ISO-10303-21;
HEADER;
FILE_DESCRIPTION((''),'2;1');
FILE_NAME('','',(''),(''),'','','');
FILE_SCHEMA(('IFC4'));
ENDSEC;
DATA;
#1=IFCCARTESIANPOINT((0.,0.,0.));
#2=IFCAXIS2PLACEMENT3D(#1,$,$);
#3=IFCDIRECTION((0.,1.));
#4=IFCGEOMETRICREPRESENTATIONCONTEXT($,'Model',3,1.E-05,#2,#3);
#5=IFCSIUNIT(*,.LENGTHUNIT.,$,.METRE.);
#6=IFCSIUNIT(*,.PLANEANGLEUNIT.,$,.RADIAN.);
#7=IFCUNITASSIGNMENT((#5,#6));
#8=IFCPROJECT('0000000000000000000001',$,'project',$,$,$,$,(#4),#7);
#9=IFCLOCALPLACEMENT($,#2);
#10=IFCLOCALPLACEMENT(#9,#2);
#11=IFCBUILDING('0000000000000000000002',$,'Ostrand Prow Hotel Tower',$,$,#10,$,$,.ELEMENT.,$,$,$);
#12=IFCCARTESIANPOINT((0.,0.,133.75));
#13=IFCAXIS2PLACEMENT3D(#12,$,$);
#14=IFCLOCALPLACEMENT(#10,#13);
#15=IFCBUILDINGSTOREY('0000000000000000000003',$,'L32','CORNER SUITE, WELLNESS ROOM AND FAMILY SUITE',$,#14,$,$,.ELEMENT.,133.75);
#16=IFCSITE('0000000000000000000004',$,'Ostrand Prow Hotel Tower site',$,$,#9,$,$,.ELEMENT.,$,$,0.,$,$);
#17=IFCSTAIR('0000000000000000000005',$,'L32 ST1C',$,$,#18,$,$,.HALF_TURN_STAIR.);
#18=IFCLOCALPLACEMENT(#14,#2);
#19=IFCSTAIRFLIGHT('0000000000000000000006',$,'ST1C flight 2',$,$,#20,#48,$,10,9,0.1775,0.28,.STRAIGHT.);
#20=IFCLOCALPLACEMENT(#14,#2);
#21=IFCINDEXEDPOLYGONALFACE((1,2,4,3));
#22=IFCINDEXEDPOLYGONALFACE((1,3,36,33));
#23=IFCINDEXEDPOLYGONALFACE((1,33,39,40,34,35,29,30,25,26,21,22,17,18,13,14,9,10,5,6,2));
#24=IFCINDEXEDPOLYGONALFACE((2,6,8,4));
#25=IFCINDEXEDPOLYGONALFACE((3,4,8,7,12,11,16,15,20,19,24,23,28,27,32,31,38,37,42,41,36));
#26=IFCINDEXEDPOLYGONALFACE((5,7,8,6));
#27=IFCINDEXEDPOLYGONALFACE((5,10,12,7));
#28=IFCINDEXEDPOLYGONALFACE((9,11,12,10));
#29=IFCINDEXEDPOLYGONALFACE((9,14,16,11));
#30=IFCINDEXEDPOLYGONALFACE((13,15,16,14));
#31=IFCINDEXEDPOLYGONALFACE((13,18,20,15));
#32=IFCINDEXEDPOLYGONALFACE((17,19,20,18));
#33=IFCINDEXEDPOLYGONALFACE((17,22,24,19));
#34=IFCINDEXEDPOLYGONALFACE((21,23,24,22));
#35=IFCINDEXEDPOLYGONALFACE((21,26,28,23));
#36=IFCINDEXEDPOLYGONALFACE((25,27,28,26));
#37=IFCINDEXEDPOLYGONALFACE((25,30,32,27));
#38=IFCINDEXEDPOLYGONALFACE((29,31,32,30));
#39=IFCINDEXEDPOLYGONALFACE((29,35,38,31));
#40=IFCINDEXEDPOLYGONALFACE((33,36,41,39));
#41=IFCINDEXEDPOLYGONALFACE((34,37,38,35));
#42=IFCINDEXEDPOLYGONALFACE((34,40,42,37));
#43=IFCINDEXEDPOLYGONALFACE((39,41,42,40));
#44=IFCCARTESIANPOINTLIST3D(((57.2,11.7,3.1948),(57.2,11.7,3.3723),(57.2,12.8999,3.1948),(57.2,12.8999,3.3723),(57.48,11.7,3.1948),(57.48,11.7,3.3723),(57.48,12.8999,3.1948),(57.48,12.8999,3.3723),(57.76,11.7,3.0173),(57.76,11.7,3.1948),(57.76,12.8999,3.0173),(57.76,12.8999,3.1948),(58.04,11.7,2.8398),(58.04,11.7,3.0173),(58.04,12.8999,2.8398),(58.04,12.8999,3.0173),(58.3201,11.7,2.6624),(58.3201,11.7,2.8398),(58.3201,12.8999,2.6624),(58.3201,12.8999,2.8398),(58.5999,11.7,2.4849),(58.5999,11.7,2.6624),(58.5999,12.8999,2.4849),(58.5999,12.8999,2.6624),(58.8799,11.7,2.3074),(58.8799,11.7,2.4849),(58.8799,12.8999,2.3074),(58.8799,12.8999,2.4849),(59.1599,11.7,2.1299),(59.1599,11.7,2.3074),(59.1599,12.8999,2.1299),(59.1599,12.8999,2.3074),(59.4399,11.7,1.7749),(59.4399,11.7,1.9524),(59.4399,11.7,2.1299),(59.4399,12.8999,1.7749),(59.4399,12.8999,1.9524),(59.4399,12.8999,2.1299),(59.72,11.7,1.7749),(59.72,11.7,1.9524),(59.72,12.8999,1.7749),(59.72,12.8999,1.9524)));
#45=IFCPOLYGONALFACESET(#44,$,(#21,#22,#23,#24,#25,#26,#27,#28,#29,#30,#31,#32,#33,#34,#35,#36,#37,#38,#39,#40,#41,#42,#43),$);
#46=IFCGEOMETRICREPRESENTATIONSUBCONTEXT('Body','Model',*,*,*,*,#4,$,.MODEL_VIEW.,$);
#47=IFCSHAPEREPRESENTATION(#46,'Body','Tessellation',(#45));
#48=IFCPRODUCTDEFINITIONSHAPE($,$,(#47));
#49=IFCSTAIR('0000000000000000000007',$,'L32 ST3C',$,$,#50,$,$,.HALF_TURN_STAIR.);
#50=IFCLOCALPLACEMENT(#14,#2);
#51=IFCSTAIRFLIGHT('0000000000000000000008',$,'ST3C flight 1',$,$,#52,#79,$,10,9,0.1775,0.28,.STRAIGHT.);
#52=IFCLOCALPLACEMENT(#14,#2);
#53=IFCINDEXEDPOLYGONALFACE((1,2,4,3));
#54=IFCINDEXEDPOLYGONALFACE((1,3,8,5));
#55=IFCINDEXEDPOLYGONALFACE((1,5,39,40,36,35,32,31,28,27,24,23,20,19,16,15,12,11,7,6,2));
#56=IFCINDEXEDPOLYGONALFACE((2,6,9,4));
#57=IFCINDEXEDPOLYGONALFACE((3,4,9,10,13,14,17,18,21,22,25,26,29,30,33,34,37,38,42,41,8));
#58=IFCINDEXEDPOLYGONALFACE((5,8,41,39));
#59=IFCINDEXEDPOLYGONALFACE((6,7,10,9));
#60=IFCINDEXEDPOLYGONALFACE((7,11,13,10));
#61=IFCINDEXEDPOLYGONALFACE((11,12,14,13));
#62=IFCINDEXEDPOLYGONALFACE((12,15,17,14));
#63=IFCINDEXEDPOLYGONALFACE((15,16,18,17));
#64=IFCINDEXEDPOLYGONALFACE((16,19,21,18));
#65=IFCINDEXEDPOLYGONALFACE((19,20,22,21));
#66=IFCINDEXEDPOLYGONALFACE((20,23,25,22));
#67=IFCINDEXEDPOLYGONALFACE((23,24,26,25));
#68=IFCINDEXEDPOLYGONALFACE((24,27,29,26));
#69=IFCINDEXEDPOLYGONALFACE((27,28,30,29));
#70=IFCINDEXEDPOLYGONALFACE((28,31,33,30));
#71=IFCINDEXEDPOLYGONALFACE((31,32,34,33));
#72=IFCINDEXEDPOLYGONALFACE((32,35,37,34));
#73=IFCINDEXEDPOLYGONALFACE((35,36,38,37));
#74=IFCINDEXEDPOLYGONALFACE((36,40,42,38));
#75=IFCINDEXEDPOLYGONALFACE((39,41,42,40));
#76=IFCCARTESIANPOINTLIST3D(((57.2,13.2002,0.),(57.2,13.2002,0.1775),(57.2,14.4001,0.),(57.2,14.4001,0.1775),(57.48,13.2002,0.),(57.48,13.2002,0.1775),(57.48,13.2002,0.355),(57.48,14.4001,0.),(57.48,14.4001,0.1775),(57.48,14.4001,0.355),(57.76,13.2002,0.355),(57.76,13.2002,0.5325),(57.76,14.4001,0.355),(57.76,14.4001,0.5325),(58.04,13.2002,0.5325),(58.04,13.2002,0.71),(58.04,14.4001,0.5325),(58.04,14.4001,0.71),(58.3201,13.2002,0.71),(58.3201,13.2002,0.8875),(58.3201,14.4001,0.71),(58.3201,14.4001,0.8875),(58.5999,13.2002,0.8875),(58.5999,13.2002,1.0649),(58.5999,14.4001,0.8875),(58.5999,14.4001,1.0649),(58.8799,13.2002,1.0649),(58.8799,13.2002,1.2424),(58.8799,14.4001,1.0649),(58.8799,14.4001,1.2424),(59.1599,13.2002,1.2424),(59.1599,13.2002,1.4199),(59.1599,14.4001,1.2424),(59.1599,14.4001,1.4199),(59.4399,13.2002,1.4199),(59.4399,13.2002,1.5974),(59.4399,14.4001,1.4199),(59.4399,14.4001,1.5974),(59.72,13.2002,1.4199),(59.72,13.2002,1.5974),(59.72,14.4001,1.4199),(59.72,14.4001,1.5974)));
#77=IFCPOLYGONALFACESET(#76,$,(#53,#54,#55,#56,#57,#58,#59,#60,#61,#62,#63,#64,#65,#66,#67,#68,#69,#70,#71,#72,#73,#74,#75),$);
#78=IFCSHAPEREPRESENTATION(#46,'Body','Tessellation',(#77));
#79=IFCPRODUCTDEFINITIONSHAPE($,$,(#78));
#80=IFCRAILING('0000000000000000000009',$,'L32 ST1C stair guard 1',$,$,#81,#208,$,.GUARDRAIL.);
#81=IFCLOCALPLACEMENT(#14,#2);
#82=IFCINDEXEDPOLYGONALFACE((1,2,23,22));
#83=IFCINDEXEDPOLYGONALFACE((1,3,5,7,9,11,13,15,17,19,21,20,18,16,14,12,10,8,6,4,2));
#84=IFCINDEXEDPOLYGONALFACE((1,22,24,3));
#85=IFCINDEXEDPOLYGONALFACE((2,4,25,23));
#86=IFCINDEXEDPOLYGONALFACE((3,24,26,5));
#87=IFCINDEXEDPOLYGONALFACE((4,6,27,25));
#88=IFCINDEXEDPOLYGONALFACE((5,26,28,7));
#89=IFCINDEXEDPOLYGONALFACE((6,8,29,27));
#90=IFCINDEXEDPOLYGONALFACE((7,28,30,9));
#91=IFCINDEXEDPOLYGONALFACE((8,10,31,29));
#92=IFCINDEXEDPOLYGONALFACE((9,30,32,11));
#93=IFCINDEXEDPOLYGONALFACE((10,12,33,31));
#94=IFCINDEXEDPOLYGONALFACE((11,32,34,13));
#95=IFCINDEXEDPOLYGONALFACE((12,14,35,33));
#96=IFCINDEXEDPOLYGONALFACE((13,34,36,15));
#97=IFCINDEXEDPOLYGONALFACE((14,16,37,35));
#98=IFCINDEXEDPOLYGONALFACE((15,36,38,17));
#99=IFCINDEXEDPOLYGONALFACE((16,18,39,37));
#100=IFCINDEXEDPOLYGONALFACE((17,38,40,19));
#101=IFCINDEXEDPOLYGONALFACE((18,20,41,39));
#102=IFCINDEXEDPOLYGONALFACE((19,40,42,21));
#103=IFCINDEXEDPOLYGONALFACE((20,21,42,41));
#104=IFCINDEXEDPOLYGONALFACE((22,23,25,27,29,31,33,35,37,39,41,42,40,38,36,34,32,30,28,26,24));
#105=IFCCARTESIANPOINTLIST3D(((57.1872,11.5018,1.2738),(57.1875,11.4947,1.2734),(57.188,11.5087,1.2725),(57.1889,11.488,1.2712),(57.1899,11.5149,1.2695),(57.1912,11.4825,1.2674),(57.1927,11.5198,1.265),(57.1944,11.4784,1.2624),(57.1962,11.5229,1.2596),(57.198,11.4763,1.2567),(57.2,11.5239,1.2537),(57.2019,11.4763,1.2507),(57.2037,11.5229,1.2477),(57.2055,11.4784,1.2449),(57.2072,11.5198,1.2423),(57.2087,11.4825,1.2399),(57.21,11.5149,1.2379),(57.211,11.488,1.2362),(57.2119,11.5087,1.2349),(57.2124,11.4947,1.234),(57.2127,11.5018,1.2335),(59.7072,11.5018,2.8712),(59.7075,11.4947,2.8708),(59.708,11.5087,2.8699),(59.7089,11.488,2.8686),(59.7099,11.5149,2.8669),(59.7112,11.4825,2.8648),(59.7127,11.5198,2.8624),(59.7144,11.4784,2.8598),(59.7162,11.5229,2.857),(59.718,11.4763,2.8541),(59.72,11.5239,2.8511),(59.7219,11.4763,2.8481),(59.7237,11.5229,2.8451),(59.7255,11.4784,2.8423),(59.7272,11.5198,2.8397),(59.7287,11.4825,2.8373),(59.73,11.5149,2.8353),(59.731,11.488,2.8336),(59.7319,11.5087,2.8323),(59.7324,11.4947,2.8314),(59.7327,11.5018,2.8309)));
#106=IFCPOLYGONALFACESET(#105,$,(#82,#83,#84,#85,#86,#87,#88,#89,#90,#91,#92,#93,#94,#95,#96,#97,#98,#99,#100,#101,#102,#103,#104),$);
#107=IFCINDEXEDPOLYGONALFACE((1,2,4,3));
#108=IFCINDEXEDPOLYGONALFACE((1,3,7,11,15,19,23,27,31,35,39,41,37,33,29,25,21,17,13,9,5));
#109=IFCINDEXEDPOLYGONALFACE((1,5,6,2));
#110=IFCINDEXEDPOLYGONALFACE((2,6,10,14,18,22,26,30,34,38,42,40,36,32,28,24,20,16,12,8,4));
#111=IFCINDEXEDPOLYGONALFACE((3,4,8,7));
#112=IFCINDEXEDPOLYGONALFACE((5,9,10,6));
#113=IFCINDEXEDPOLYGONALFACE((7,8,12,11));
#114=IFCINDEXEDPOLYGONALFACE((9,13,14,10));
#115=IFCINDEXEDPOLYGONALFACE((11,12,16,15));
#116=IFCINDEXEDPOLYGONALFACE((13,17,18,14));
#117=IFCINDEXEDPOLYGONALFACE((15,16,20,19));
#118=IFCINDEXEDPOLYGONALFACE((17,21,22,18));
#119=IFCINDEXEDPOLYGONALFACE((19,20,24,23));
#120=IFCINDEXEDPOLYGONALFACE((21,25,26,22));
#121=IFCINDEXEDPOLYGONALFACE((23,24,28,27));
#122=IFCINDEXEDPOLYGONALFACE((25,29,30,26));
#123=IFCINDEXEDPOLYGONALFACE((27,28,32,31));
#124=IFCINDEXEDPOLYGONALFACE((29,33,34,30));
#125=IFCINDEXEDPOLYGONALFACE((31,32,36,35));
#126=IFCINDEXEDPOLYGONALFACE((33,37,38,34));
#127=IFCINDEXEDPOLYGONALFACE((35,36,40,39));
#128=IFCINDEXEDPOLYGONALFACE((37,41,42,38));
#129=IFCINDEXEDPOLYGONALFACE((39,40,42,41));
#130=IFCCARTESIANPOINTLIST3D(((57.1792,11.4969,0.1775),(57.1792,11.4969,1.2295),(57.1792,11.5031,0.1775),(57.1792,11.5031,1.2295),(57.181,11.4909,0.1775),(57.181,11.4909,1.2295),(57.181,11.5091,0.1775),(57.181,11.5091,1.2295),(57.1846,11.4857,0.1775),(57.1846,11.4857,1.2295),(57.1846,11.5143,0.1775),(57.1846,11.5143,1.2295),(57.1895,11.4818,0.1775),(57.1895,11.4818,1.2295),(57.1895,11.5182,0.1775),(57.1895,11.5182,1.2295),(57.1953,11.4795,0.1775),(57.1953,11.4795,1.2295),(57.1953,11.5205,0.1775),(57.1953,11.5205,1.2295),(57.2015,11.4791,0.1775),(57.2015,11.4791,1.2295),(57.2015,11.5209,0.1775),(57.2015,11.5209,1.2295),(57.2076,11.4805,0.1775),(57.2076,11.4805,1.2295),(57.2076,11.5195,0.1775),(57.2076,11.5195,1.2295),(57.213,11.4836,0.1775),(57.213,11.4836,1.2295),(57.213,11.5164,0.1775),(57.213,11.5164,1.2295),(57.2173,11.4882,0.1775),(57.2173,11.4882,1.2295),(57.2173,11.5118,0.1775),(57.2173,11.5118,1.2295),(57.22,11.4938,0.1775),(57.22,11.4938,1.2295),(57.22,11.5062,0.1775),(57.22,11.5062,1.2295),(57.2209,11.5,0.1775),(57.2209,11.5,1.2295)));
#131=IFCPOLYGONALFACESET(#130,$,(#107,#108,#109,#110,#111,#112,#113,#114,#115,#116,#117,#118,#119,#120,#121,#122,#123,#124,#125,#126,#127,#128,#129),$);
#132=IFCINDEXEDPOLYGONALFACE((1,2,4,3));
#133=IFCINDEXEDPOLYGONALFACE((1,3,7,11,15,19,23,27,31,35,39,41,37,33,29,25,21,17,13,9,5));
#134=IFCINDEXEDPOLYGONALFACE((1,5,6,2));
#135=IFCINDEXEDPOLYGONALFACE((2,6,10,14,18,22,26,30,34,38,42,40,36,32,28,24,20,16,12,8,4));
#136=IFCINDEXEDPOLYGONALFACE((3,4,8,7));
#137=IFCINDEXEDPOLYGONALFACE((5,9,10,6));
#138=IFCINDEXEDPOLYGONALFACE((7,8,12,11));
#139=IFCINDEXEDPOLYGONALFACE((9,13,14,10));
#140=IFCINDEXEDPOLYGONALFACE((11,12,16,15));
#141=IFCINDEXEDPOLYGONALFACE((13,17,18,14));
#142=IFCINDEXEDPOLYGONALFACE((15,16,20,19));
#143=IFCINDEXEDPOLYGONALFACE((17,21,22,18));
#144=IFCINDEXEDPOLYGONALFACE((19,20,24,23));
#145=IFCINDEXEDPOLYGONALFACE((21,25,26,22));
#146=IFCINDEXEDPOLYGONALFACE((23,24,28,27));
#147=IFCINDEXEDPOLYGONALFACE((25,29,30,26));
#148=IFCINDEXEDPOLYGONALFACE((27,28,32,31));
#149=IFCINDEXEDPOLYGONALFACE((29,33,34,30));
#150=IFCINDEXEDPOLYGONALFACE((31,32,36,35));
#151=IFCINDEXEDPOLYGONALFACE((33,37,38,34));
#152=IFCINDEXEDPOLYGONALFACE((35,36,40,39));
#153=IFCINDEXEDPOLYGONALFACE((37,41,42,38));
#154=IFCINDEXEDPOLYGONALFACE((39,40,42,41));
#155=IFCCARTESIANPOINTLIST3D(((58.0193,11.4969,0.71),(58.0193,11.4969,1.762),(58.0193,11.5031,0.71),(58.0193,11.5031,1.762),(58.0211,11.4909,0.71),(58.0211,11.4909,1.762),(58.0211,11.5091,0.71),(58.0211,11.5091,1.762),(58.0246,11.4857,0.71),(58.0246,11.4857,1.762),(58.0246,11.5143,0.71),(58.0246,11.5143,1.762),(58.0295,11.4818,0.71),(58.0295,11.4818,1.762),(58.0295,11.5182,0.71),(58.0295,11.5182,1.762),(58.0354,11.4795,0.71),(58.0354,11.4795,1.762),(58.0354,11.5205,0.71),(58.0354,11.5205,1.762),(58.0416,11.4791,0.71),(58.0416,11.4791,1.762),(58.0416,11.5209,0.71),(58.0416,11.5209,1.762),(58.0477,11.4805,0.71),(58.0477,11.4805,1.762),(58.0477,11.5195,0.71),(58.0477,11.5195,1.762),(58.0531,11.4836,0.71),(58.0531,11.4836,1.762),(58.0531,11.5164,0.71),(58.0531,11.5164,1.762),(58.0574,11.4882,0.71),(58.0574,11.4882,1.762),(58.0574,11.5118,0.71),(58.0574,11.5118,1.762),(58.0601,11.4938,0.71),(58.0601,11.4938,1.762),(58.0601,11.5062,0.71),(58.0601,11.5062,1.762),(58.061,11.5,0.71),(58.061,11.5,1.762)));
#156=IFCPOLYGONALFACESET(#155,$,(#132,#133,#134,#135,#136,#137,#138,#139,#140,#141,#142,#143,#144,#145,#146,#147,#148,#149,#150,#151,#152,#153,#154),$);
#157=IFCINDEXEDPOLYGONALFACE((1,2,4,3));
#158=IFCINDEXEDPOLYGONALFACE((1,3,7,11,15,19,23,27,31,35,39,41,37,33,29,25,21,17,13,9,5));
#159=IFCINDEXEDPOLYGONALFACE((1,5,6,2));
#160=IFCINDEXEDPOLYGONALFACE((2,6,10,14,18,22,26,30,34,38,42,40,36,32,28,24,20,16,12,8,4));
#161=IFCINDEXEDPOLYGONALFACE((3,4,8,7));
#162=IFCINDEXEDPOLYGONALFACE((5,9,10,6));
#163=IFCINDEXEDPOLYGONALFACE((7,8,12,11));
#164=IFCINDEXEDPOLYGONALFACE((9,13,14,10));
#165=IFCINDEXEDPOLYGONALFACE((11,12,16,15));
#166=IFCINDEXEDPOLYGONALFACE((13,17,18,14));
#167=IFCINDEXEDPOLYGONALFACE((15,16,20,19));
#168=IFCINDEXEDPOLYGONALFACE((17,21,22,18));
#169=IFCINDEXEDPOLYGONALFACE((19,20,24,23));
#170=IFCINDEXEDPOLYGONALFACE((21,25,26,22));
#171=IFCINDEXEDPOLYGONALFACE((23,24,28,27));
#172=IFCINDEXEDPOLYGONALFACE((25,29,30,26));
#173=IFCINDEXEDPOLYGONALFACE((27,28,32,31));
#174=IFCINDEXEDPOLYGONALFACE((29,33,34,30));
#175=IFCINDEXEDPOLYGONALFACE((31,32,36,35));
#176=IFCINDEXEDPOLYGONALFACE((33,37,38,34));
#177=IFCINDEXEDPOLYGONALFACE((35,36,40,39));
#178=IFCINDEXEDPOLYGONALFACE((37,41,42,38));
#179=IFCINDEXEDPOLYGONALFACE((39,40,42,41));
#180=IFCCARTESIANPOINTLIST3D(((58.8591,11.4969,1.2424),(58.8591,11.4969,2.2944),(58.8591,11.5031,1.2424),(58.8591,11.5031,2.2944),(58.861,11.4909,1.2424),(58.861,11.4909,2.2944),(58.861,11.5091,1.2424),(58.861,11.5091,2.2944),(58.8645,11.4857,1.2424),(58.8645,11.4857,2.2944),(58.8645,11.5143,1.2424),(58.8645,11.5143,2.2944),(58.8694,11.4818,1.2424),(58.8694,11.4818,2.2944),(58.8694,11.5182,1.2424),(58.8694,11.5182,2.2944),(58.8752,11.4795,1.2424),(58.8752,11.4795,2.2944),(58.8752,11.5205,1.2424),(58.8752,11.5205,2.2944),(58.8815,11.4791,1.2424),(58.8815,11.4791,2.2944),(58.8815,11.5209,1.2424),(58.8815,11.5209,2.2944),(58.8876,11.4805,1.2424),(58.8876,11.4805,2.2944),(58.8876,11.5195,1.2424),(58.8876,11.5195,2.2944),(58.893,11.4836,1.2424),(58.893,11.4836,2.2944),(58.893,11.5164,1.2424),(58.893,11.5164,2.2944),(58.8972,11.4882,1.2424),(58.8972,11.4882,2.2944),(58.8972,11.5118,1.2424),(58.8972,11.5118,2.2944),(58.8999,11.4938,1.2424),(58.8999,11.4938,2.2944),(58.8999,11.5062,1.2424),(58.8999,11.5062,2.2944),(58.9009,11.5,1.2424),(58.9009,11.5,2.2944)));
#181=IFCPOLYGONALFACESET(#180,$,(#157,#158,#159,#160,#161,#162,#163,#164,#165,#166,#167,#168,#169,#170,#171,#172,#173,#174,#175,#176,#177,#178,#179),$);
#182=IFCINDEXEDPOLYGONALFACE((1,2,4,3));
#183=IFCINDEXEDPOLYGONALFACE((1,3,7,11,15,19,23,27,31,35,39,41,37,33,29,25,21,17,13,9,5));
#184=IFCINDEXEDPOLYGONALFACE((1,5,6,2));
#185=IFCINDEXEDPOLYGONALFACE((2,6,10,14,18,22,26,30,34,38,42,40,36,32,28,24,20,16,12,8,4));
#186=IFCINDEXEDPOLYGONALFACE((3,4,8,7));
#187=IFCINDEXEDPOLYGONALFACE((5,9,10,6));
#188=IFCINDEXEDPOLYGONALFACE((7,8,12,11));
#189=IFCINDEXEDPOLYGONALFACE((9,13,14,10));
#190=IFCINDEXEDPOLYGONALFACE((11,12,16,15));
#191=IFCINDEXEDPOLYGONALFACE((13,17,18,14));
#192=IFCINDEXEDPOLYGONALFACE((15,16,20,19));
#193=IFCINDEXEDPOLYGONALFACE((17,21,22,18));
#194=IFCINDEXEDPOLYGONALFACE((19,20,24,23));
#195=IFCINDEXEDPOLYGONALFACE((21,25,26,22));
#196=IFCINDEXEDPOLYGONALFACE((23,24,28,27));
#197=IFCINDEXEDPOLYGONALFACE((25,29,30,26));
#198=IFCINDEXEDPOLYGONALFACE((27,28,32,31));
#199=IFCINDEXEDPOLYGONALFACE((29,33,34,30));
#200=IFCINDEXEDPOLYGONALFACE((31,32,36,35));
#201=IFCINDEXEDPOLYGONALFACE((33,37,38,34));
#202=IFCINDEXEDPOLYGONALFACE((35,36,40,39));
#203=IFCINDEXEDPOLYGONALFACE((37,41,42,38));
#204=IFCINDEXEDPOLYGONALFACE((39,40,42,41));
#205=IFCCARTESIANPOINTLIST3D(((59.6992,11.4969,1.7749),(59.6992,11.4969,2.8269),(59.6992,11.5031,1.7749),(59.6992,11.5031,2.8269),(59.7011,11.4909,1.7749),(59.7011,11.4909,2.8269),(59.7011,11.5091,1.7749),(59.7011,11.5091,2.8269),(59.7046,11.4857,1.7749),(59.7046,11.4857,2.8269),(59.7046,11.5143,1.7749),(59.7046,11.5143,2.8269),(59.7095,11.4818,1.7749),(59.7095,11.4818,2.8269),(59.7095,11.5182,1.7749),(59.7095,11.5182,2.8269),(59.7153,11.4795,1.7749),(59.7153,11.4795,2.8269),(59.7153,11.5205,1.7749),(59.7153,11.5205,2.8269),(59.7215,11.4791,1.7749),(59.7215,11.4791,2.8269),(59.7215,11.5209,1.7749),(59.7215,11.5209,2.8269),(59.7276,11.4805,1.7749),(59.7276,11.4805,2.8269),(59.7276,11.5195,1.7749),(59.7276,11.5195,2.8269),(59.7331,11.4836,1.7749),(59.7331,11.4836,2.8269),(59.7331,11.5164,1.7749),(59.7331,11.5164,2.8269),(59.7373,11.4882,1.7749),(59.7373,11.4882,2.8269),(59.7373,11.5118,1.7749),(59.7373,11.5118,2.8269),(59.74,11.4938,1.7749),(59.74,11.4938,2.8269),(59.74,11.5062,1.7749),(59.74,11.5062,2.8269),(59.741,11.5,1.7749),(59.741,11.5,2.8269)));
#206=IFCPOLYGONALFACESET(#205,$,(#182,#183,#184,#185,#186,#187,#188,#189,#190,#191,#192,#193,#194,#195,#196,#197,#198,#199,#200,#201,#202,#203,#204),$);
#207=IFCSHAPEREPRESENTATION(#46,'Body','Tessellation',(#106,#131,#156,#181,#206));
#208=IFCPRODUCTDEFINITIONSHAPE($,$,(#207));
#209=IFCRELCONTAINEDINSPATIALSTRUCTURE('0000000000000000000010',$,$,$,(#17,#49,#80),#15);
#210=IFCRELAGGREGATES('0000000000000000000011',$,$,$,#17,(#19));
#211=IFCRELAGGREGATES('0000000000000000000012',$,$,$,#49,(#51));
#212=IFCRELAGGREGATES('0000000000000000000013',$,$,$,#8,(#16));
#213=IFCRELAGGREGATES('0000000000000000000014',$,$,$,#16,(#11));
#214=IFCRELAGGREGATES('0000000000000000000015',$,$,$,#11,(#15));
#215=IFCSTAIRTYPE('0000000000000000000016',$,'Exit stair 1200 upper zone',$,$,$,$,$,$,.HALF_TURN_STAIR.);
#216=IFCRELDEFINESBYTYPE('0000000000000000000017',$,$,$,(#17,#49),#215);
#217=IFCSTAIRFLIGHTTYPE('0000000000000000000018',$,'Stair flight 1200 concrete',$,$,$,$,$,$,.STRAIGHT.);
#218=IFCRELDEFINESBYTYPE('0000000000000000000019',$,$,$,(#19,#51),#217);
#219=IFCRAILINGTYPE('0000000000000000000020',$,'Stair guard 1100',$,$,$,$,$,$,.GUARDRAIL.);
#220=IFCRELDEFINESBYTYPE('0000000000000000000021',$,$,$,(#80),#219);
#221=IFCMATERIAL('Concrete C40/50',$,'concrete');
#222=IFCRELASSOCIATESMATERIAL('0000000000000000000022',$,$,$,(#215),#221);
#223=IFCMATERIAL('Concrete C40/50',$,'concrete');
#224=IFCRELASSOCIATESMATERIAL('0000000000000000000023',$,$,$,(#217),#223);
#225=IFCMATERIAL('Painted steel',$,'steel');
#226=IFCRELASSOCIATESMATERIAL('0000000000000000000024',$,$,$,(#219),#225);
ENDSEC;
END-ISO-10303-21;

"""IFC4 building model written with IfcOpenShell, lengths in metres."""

from ifc_helpers import new_model, si_unit, direction, frame, origin, origin_2d, place, context, subcontext, project, spatial, polyline, circle, outline, extrude, material, type_object, element, aggregate, save


model = new_model("IFC4")

# Units and contexts
model_context = context("Model", 3, precision=1e-05, world=origin(), true_north=direction((0.0, 1.0)))
body_context = subcontext(model_context, "Body", "Model", "MODEL_VIEW")
ifc_project = project(units=[si_unit("LENGTHUNIT", "METRE"), si_unit("PLANEANGLEUNIT", "RADIAN")], contexts=[model_context])

# Site, building, storey
site_placement = place(None, origin())
site = spatial("IfcSite", under=ifc_project, at=site_placement, Name="Ostrand Prow Hotel Tower site", CompositionType="ELEMENT", RefElevation=0.0)
building_placement = place(site_placement, origin())
building = spatial("IfcBuilding", under=site, at=building_placement, Name="Ostrand Prow Hotel Tower", CompositionType="ELEMENT")
storey_placement = place(building_placement, frame((0.0, 0.0, 133.75)))
storey = spatial("IfcBuildingStorey", under=building, at=storey_placement, Name="L32", Description="CORNER SUITE, WELLNESS ROOM AND FAMILY SUITE", CompositionType="ELEMENT", Elevation=133.75)

# Stair, stair flight
ifc_material_1 = material(Name="Concrete C40/50", Category="concrete")
stair_type = type_object("IfcStairType", Name="Exit stair 1200 upper zone", PredefinedType="HALF_TURN_STAIR", material=ifc_material_1)
stair_1_placement = place(storey_placement, origin())
stair_1 = element("IfcStair", 1, at=stair_1_placement, inside=storey, type_object=stair_type, Name="L32 ST1C", PredefinedType="HALF_TURN_STAIR")
ifc_material_2 = material(Name="Concrete C40/50", Category="concrete")
stair_flight_type = type_object("IfcStairFlightType", Name="Stair flight 1200 concrete", PredefinedType="STRAIGHT", material=ifc_material_2)
stair_flight_1_placement = place(storey_placement, frame((59.72, 12.3, 1.7749), z_axis=(0.0, 0.0, 1.0), x_axis=(-1.0, 0.0, 0.0)))
stair_flight_1 = element("IfcStairFlight", 2, at=stair_flight_1_placement, type_object=stair_flight_type, Name="ST1C flight 2", NumberOfRisers=10, NumberOfTreads=9, PredefinedType="STRAIGHT", RiserHeight=0.1775, TreadLength=0.28, context=body_context, shape_type="SweptSolid", body=[
    extrude(outline(polyline([(0.0, 0.0), (0.0, 0.1775), (0.28, 0.1775), (0.28, 0.355), (0.5601, 0.355), (0.5601, 0.5325), (0.8401, 0.5325), (0.8401, 0.71), (1.1201, 0.71), (1.1201, 0.8875), (1.3999, 0.8875), (1.3999, 1.0649), (1.6799, 1.0649), (1.6799, 1.2424), (1.96, 1.2424), (1.96, 1.4199), (2.24, 1.4199), (2.24, 1.5974), (2.52, 1.5974), (2.52, 1.7749), (2.52, 1.4199), (0.28, 0.0), (0.0, 0.0)])), frame((0.0, 0.6001, 0.0), z_axis=(0.0, -1.0, 0.0), x_axis=(1.0, 0.0, 0.0)), (0.0, 0.0, 1.0), 1.2),
])
aggregate(stair_1, [stair_flight_1])

# Stair, stair flight
stair_2_placement = place(storey_placement, origin())
stair_2 = element("IfcStair", 3, at=stair_2_placement, inside=storey, type_object=stair_type, Name="L32 ST3C", PredefinedType="HALF_TURN_STAIR")
stair_flight_2_placement = place(storey_placement, frame((57.2, 13.8, 0.0), z_axis=(0.0, 0.0, 1.0), x_axis=(1.0, 0.0, 0.0)))
stair_flight_2 = element("IfcStairFlight", 4, at=stair_flight_2_placement, type_object=stair_flight_type, Name="ST3C flight 1", NumberOfRisers=10, NumberOfTreads=9, PredefinedType="STRAIGHT", RiserHeight=0.1775, TreadLength=0.28, context=body_context, shape_type="SweptSolid", body=[
    extrude(outline(polyline([(0.0, 0.0), (0.0, 0.1775), (0.28, 0.1775), (0.28, 0.355), (0.5601, 0.355), (0.5601, 0.5325), (0.8401, 0.5325), (0.8401, 0.71), (1.1201, 0.71), (1.1201, 0.8875), (1.3999, 0.8875), (1.3999, 1.0649), (1.6799, 1.0649), (1.6799, 1.2424), (1.96, 1.2424), (1.96, 1.4199), (2.24, 1.4199), (2.24, 1.5974), (2.52, 1.5974), (2.52, 1.7749), (2.52, 1.4199), (0.28, 0.0), (0.0, 0.0)])), frame((0.0, 0.6001, 0.0), z_axis=(0.0, -1.0, 0.0), x_axis=(1.0, 0.0, 0.0)), (0.0, 0.0, 1.0), 1.2),
])
aggregate(stair_2, [stair_flight_2])

# Railing
ifc_material_3 = material(Name="Painted steel", Category="steel")
railing_type_1 = type_object("IfcRailingType", Name="Stair guard 1100", PredefinedType="GUARDRAIL", material=ifc_material_3)
railing_1_placement = place(storey_placement, frame((57.2, 11.5, 0.1775)))
element("IfcRailing", 5, at=railing_1_placement, inside=storey, type_object=railing_type_1, Name="L32 ST1C stair guard 1", PredefinedType="GUARDRAIL", context=body_context, shape_type="SweptSolid", body=[
    extrude(circle(Radius=0.0239, at=origin_2d()), frame((0.0, 0.0, 1.0762), z_axis=(0.844607, 0.0, 0.535387), x_axis=(0.0, 1.0, 0.0)), (0.0, 0.0, 1.0), 2.9836),
    extrude(circle(Radius=0.021, at=origin_2d()), origin(), (0.0, 0.0, 1.0), 1.052),
    extrude(circle(Radius=0.021, at=origin_2d()), frame((0.8401, 0.0, 0.5325)), (0.0, 0.0, 1.0), 1.052),
    extrude(circle(Radius=0.021, at=origin_2d()), frame((1.6799, 0.0, 1.0649)), (0.0, 0.0, 1.0), 1.052),
    extrude(circle(Radius=0.021, at=origin_2d()), frame((2.52, 0.0, 1.5974)), (0.0, 0.0, 1.0), 1.052),
])

save(model, "model.ifc")
